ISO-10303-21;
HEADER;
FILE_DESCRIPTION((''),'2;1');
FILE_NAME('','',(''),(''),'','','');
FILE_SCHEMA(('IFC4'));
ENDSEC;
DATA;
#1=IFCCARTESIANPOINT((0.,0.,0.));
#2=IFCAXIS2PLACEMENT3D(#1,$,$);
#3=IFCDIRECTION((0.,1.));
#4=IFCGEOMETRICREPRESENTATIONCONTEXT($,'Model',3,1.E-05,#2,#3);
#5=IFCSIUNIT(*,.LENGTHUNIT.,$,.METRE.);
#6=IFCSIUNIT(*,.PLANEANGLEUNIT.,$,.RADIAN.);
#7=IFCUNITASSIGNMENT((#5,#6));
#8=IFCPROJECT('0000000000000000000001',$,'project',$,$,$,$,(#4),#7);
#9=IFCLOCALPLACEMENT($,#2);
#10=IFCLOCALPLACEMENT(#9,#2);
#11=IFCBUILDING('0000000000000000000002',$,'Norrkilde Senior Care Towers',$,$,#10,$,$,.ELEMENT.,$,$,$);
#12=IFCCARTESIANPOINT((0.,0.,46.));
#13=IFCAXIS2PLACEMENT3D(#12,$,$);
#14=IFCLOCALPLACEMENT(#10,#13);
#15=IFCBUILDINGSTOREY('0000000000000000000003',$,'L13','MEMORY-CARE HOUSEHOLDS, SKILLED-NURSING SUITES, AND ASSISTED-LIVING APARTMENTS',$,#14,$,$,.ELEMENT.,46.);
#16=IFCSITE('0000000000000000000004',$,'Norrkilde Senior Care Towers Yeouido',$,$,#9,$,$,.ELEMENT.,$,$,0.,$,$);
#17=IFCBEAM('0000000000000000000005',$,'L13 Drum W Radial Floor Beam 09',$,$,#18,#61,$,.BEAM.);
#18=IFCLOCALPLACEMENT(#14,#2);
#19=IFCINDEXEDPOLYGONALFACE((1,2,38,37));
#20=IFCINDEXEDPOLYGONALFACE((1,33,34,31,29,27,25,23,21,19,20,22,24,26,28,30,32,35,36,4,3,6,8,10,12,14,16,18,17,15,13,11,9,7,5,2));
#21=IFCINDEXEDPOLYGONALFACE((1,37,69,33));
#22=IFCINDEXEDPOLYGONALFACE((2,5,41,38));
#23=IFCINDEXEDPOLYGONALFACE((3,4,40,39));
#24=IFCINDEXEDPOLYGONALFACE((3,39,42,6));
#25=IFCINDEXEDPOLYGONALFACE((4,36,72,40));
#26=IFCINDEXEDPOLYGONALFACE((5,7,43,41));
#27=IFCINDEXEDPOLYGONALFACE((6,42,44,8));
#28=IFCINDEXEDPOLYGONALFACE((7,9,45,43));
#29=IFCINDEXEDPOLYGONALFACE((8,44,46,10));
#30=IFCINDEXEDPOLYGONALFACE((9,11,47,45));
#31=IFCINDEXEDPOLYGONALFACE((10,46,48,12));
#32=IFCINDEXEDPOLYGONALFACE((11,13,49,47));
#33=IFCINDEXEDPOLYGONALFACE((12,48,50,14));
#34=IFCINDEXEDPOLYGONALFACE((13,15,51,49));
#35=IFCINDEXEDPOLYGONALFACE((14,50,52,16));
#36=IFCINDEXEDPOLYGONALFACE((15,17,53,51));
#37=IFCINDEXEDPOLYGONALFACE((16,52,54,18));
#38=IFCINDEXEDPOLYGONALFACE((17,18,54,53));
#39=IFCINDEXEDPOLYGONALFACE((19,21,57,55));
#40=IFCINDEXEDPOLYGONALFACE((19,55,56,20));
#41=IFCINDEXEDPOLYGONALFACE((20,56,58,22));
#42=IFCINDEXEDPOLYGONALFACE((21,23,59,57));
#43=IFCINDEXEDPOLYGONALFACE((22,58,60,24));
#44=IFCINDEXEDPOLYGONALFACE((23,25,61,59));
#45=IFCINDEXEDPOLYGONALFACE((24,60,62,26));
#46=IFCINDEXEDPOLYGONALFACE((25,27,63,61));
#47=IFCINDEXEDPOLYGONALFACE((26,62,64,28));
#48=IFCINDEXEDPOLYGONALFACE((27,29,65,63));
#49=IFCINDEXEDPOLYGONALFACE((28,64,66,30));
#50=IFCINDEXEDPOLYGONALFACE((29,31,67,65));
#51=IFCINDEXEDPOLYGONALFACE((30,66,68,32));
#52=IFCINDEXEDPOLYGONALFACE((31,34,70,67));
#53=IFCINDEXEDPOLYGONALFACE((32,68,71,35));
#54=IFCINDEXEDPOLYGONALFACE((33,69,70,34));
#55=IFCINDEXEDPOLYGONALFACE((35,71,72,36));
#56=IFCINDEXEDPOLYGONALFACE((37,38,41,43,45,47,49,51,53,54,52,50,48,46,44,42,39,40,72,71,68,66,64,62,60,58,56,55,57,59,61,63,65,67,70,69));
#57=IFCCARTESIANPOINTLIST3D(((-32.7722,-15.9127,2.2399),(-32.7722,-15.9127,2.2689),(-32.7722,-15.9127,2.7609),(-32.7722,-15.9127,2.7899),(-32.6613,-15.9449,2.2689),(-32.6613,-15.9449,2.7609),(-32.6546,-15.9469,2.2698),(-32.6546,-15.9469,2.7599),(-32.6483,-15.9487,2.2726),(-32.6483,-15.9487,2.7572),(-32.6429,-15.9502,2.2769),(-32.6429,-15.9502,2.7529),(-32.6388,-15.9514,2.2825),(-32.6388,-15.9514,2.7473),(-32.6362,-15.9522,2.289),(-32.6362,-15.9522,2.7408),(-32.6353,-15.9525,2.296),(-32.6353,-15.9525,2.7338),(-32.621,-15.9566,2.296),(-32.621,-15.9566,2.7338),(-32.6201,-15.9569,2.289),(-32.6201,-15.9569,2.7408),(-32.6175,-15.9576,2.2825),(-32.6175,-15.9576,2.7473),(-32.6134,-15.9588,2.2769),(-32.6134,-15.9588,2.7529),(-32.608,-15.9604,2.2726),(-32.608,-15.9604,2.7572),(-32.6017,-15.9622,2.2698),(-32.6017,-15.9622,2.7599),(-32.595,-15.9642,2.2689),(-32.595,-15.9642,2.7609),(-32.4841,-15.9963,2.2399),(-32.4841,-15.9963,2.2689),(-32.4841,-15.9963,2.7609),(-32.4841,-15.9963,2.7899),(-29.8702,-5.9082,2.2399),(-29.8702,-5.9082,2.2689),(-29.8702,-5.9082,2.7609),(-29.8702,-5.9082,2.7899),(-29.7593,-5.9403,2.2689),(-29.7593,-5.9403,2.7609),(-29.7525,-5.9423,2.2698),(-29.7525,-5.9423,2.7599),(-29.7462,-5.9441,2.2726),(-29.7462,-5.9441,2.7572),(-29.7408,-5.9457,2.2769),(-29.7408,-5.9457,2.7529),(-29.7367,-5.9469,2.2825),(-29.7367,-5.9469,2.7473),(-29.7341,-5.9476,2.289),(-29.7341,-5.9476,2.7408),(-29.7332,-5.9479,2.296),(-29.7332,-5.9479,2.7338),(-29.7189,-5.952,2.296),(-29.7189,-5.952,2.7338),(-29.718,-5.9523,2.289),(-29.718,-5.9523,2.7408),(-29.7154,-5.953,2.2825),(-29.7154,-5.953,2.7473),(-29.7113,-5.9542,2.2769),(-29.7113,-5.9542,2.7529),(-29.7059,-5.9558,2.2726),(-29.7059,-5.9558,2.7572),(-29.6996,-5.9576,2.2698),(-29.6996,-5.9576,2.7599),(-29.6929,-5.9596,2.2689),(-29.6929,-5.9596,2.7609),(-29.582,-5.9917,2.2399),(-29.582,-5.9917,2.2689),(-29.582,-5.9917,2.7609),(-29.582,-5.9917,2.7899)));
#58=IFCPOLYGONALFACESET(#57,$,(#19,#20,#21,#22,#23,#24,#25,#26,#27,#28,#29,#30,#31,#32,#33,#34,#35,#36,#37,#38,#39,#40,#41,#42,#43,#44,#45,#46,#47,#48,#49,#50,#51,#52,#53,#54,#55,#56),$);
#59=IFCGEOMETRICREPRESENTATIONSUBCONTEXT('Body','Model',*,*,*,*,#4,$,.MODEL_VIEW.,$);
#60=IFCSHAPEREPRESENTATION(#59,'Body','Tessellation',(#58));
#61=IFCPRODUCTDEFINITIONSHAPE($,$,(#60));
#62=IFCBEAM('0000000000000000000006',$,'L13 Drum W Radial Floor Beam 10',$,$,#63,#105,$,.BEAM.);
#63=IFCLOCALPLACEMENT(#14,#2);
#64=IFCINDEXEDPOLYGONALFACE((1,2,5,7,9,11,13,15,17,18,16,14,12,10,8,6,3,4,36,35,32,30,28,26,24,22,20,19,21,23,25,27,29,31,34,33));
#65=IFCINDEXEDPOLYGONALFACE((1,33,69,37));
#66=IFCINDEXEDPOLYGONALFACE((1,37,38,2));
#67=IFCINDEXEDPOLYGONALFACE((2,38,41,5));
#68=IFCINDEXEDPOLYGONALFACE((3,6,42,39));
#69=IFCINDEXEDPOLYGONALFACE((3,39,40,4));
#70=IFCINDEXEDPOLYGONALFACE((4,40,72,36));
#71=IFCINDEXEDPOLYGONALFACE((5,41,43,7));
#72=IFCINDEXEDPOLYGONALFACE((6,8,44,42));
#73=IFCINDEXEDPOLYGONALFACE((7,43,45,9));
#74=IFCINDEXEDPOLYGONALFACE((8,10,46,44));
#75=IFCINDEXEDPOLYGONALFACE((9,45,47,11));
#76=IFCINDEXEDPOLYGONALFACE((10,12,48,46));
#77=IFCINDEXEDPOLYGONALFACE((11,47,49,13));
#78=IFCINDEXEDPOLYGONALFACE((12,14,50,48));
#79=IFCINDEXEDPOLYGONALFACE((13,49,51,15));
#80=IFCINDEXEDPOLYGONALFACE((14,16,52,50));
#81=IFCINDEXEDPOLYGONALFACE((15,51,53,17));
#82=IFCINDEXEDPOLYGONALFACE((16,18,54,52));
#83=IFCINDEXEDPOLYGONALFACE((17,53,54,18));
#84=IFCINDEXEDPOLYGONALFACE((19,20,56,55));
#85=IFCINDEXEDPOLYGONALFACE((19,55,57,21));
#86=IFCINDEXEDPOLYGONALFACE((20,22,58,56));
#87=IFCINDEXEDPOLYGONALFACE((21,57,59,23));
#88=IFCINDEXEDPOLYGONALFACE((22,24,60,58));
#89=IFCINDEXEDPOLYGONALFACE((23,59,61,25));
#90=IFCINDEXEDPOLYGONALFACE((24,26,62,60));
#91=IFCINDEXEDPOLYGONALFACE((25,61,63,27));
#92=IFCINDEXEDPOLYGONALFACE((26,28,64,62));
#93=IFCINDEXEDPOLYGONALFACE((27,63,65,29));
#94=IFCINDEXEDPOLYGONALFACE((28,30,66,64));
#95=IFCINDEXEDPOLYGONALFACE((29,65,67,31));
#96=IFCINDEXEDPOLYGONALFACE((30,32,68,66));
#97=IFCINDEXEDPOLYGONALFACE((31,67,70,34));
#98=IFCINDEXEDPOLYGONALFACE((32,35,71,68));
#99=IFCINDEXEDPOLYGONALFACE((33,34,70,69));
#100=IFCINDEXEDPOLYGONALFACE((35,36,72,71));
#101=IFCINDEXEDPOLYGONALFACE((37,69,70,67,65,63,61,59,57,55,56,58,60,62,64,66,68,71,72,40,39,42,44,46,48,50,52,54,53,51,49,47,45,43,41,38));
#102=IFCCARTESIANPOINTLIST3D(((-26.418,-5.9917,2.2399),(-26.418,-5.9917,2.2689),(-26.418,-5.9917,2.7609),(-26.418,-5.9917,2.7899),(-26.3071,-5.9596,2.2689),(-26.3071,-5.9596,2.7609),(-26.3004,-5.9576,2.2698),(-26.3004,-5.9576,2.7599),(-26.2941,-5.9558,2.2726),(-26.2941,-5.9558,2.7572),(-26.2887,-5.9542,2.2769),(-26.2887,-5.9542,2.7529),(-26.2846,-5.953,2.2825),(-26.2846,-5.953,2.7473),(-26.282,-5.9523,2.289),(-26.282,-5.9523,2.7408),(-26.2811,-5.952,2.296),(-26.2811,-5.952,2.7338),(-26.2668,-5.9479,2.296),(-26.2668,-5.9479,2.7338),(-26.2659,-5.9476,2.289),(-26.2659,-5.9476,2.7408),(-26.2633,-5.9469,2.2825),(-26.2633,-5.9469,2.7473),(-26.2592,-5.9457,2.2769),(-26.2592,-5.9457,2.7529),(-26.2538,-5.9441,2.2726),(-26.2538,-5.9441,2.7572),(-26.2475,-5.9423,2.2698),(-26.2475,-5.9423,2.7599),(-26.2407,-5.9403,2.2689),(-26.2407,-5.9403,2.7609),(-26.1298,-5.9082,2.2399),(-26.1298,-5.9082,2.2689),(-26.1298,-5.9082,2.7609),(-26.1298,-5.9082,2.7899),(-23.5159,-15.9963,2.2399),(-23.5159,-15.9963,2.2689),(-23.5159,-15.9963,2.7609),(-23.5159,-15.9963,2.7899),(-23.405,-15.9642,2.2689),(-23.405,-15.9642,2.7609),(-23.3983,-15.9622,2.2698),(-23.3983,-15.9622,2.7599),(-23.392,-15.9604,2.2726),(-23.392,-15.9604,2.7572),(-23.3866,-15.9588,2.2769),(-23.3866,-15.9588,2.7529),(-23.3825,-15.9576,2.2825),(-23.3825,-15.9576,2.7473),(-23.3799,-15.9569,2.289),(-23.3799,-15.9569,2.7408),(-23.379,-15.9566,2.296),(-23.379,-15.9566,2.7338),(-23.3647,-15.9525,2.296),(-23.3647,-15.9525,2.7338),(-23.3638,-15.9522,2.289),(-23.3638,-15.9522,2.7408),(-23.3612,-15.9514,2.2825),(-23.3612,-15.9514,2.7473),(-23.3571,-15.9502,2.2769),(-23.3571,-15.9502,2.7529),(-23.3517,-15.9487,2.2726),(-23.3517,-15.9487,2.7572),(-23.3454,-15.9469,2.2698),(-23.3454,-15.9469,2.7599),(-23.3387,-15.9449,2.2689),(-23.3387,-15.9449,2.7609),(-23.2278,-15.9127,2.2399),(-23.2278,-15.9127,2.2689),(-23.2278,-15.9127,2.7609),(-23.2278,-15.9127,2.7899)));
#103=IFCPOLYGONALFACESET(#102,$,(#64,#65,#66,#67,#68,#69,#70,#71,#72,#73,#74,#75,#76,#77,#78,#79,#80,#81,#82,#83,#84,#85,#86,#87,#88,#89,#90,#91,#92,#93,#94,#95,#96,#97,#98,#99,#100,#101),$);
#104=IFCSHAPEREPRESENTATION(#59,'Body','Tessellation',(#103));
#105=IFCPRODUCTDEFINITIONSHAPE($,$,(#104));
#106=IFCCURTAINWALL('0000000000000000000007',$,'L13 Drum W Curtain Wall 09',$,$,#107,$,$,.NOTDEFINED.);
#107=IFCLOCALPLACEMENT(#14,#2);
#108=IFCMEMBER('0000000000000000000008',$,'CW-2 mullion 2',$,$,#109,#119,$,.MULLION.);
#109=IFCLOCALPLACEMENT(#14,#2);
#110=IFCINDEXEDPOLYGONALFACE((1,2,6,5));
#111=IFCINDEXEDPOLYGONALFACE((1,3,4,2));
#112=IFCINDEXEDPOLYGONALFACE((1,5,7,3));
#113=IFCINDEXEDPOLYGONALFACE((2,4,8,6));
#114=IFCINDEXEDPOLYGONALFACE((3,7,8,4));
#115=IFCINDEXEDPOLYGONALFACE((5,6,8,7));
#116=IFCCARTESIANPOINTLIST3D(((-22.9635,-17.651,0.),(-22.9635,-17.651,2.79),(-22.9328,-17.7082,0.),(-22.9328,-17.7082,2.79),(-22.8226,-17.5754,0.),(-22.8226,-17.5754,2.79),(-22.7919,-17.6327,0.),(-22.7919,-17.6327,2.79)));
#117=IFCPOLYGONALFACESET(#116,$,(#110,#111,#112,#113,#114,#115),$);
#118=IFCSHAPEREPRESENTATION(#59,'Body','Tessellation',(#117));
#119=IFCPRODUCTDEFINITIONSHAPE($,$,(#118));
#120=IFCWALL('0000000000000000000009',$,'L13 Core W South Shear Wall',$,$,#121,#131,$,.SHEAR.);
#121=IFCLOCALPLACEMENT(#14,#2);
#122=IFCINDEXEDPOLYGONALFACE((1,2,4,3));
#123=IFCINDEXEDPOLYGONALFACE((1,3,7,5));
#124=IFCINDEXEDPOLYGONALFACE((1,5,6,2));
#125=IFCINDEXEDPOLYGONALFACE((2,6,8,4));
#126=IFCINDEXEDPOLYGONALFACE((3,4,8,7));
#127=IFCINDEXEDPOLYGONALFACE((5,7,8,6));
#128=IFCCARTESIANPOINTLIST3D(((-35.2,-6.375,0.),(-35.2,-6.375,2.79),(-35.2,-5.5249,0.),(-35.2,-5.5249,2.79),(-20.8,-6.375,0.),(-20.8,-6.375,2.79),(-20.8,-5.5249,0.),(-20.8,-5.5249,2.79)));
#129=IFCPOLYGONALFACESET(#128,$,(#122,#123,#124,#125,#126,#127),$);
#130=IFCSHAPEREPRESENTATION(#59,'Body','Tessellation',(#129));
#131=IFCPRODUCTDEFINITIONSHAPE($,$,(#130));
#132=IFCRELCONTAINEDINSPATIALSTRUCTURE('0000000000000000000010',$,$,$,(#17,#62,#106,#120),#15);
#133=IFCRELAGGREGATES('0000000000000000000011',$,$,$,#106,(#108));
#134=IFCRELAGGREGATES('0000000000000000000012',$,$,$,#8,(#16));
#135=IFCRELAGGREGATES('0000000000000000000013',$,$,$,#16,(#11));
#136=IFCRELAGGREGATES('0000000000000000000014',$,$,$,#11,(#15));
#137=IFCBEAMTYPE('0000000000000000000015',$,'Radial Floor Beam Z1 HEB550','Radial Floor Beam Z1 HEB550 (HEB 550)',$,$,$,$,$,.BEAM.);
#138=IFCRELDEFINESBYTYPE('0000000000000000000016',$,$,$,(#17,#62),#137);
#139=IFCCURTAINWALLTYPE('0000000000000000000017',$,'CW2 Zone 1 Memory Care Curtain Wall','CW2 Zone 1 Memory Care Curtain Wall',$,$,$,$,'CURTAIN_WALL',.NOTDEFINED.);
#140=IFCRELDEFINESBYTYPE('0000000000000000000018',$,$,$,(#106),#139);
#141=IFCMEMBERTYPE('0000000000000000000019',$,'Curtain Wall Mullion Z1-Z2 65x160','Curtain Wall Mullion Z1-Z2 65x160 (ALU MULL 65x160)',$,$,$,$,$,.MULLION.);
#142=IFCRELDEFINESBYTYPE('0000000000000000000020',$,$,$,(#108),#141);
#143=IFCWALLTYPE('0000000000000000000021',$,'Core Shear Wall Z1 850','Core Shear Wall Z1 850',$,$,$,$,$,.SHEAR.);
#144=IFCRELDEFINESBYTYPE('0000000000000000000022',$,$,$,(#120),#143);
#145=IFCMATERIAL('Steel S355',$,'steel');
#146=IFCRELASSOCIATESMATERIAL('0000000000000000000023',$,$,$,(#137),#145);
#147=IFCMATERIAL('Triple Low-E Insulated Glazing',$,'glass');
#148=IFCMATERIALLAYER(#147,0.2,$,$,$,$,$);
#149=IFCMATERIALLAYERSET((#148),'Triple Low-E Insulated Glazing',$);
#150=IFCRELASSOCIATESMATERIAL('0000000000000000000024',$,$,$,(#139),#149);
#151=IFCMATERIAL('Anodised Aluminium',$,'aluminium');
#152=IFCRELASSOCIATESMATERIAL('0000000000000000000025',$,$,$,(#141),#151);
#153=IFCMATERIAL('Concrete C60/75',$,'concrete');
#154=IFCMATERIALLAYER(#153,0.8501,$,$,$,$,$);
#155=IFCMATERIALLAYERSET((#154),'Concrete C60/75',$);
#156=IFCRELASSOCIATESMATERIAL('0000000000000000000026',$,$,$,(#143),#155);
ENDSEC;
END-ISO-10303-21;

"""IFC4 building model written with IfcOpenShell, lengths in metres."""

from ifc_helpers import new_model, si_unit, direction, frame, frame_2d, origin, origin_2d, place, context, subcontext, project, spatial, rectangle, i_section, extrude, source, transform, mapped, material, layer, layer_set, material_profile, profile_set, type_object, type_shapes, element, aggregate, save


model = new_model("IFC4")

# Units and contexts
model_context = context("Model", 3, precision=1e-05, world=origin(), true_north=direction((0.0, 1.0)))
body_context = subcontext(model_context, "Body", "Model", "MODEL_VIEW")
ifc_project = project(units=[si_unit("LENGTHUNIT", "METRE"), si_unit("PLANEANGLEUNIT", "RADIAN")], contexts=[model_context])

# Site, building, storey
site_placement = place(None, origin())
site = spatial("IfcSite", under=ifc_project, at=site_placement, Name="Norrkilde Senior Care Towers Yeouido", CompositionType="ELEMENT", RefElevation=0.0)
building_placement = place(site_placement, origin())
building = spatial("IfcBuilding", under=site, at=building_placement, Name="Norrkilde Senior Care Towers", CompositionType="ELEMENT")
storey_placement = place(building_placement, frame((0.0, 0.0, 46.0)))
storey = spatial("IfcBuildingStorey", under=building, at=storey_placement, Name="L13", Description="MEMORY-CARE HOUSEHOLDS, SKILLED-NURSING SUITES, AND ASSISTED-LIVING APARTMENTS", CompositionType="ELEMENT", Elevation=46.0)

# Shared definitions
ifc_material_1 = material(Name="Concrete C60/75", Category="concrete")

# Beams
ifc_material_2 = material(Name="Steel S355", Category="steel")
ifc_material_profile_1 = material_profile(ifc_material_2, i_section(OverallWidth=0.3, OverallDepth=0.55, WebThickness=0.0149, FlangeThickness=0.0291, FilletRadius=0.0271, at=origin_2d()), Name="HEB 550")
ifc_profile_set_1 = profile_set([ifc_material_profile_1], Name="Steel S355")
beam_type_1 = type_object("IfcBeamType", Name="Radial Floor Beam Z1 HEB550", Description="Radial Floor Beam Z1 HEB550 (HEB 550)", PredefinedType="BEAM", material=ifc_profile_set_1)
shared_shape_1 = source(origin(), body_context, "Body", "SweptSolid", [
    extrude(i_section(OverallWidth=0.3, OverallDepth=0.55, WebThickness=0.0149, FlangeThickness=0.0291, FilletRadius=0.0271, at=origin_2d()), origin(), (0.0, 0.0, 1.0), 10.417),
])
for number, where, z_axis, x_axis, name in (
    (1, (-29.7261, -5.95, 2.5149), (-0.278591, -0.96041, 0.0), (0.96041, -0.278591, 0.0), "L13 Drum W Radial Floor Beam 09"),
    (2, (-26.2739, -5.95, 2.5149), (0.278591, -0.96041, 0.0), (0.96041, 0.278591, 0.0), "L13 Drum W Radial Floor Beam 10"),
):
    element("IfcBeam", number, at=place(storey_placement, frame(where, z_axis=z_axis, x_axis=x_axis)), inside=storey, type_object=beam_type_1, Name=name, PredefinedType="BEAM", context=body_context, shape_type="MappedRepresentation", body=[
        mapped(shared_shape_1, transform((0.0, 0.0, 0.0), x_axis=(1.0, 0.0, 0.0), y_axis=(0.0, 1.0, 0.0), z_axis=(0.0, 0.0, 1.0), scale=1.0)),
    ])

# Curtain wall, member
ifc_material_3 = material(Name="Triple Low-E Insulated Glazing", Category="glass")
ifc_layer_1 = layer(ifc_material_3, 0.2)
ifc_layer_set_1 = layer_set([ifc_layer_1], Name="Triple Low-E Insulated Glazing")
curtain_wall_type = type_object("IfcCurtainWallType", Name="CW2 Zone 1 Memory Care Curtain Wall", Description="CW2 Zone 1 Memory Care Curtain Wall", ElementType="CURTAIN_WALL", PredefinedType="NOTDEFINED", material=ifc_layer_set_1)
curtain_wall_placement = place(storey_placement, origin())
curtain_wall = element("IfcCurtainWall", 3, at=curtain_wall_placement, inside=storey, type_object=curtain_wall_type, Name="L13 Drum W Curtain Wall 09", PredefinedType="NOTDEFINED")
ifc_material_4 = material(Name="Anodised Aluminium", Category="aluminium")
ifc_material_profile_2 = material_profile(ifc_material_4, rectangle(XDim=0.0649, YDim=0.1599, at=origin_2d()), Name="ALU MULL 65x160")
ifc_profile_set_2 = profile_set([ifc_material_profile_2], Name="Anodised Aluminium")
member_type = type_object("IfcMemberType", Name="Curtain Wall Mullion Z1-Z2 65x160", Description="Curtain Wall Mullion Z1-Z2 65x160 (ALU MULL 65x160)", PredefinedType="MULLION", material=ifc_profile_set_2)
shared_shape_2 = source(origin(), body_context, "Body", "SweptSolid", [
    extrude(rectangle(XDim=0.0649, YDim=0.1599, at=origin_2d()), origin(), (0.0, 0.0, 1.0), 2.79),
])
type_shapes(member_type, [shared_shape_2])
member_placement = place(storey_placement, frame((-22.8777, -17.6418, 0.0), z_axis=(0.0, 0.0, 1.0), x_axis=(0.472608, -0.881273, 0.0)))
member = element("IfcMember", 4, at=member_placement, type_object=member_type, Name="CW-2 mullion 2", PredefinedType="MULLION", context=body_context, shape_type="MappedRepresentation", body=[
    mapped(shared_shape_2, transform((0.0, 0.0, 0.0), x_axis=(1.0, 0.0, 0.0), y_axis=(0.0, 1.0, 0.0), z_axis=(0.0, 0.0, 1.0), scale=1.0)),
])
aggregate(curtain_wall, [member])

# Wall
ifc_layer_2 = layer(ifc_material_1, 0.8501)
ifc_layer_set_2 = layer_set([ifc_layer_2], Name="Concrete C60/75")
wall_type_1 = type_object("IfcWallType", Name="Core Shear Wall Z1 850", Description="Core Shear Wall Z1 850", PredefinedType="SHEAR", material=ifc_layer_set_2)
shared_shape_3 = source(origin(), body_context, "Body", "SweptSolid", [
    extrude(rectangle(XDim=14.3999, YDim=0.8501, at=frame_2d((7.2, 0.0))), origin(), (0.0, 0.0, 1.0), 2.79),
])
type_shapes(wall_type_1, [shared_shape_3])
wall_1_placement = place(storey_placement, frame((-20.8, -5.95, 0.0), z_axis=(0.0, 0.0, 1.0), x_axis=(-1.0, 0.0, 0.0)))
element("IfcWall", 5, at=wall_1_placement, inside=storey, type_object=wall_type_1, Name="L13 Core W South Shear Wall", PredefinedType="SHEAR", context=body_context, shape_type="MappedRepresentation", body=[
    mapped(shared_shape_3, transform((0.0, 0.0, 0.0), x_axis=(1.0, 0.0, 0.0), y_axis=(0.0, 1.0, 0.0), z_axis=(0.0, 0.0, 1.0), scale=1.0)),
])

save(model, "model.ifc")
